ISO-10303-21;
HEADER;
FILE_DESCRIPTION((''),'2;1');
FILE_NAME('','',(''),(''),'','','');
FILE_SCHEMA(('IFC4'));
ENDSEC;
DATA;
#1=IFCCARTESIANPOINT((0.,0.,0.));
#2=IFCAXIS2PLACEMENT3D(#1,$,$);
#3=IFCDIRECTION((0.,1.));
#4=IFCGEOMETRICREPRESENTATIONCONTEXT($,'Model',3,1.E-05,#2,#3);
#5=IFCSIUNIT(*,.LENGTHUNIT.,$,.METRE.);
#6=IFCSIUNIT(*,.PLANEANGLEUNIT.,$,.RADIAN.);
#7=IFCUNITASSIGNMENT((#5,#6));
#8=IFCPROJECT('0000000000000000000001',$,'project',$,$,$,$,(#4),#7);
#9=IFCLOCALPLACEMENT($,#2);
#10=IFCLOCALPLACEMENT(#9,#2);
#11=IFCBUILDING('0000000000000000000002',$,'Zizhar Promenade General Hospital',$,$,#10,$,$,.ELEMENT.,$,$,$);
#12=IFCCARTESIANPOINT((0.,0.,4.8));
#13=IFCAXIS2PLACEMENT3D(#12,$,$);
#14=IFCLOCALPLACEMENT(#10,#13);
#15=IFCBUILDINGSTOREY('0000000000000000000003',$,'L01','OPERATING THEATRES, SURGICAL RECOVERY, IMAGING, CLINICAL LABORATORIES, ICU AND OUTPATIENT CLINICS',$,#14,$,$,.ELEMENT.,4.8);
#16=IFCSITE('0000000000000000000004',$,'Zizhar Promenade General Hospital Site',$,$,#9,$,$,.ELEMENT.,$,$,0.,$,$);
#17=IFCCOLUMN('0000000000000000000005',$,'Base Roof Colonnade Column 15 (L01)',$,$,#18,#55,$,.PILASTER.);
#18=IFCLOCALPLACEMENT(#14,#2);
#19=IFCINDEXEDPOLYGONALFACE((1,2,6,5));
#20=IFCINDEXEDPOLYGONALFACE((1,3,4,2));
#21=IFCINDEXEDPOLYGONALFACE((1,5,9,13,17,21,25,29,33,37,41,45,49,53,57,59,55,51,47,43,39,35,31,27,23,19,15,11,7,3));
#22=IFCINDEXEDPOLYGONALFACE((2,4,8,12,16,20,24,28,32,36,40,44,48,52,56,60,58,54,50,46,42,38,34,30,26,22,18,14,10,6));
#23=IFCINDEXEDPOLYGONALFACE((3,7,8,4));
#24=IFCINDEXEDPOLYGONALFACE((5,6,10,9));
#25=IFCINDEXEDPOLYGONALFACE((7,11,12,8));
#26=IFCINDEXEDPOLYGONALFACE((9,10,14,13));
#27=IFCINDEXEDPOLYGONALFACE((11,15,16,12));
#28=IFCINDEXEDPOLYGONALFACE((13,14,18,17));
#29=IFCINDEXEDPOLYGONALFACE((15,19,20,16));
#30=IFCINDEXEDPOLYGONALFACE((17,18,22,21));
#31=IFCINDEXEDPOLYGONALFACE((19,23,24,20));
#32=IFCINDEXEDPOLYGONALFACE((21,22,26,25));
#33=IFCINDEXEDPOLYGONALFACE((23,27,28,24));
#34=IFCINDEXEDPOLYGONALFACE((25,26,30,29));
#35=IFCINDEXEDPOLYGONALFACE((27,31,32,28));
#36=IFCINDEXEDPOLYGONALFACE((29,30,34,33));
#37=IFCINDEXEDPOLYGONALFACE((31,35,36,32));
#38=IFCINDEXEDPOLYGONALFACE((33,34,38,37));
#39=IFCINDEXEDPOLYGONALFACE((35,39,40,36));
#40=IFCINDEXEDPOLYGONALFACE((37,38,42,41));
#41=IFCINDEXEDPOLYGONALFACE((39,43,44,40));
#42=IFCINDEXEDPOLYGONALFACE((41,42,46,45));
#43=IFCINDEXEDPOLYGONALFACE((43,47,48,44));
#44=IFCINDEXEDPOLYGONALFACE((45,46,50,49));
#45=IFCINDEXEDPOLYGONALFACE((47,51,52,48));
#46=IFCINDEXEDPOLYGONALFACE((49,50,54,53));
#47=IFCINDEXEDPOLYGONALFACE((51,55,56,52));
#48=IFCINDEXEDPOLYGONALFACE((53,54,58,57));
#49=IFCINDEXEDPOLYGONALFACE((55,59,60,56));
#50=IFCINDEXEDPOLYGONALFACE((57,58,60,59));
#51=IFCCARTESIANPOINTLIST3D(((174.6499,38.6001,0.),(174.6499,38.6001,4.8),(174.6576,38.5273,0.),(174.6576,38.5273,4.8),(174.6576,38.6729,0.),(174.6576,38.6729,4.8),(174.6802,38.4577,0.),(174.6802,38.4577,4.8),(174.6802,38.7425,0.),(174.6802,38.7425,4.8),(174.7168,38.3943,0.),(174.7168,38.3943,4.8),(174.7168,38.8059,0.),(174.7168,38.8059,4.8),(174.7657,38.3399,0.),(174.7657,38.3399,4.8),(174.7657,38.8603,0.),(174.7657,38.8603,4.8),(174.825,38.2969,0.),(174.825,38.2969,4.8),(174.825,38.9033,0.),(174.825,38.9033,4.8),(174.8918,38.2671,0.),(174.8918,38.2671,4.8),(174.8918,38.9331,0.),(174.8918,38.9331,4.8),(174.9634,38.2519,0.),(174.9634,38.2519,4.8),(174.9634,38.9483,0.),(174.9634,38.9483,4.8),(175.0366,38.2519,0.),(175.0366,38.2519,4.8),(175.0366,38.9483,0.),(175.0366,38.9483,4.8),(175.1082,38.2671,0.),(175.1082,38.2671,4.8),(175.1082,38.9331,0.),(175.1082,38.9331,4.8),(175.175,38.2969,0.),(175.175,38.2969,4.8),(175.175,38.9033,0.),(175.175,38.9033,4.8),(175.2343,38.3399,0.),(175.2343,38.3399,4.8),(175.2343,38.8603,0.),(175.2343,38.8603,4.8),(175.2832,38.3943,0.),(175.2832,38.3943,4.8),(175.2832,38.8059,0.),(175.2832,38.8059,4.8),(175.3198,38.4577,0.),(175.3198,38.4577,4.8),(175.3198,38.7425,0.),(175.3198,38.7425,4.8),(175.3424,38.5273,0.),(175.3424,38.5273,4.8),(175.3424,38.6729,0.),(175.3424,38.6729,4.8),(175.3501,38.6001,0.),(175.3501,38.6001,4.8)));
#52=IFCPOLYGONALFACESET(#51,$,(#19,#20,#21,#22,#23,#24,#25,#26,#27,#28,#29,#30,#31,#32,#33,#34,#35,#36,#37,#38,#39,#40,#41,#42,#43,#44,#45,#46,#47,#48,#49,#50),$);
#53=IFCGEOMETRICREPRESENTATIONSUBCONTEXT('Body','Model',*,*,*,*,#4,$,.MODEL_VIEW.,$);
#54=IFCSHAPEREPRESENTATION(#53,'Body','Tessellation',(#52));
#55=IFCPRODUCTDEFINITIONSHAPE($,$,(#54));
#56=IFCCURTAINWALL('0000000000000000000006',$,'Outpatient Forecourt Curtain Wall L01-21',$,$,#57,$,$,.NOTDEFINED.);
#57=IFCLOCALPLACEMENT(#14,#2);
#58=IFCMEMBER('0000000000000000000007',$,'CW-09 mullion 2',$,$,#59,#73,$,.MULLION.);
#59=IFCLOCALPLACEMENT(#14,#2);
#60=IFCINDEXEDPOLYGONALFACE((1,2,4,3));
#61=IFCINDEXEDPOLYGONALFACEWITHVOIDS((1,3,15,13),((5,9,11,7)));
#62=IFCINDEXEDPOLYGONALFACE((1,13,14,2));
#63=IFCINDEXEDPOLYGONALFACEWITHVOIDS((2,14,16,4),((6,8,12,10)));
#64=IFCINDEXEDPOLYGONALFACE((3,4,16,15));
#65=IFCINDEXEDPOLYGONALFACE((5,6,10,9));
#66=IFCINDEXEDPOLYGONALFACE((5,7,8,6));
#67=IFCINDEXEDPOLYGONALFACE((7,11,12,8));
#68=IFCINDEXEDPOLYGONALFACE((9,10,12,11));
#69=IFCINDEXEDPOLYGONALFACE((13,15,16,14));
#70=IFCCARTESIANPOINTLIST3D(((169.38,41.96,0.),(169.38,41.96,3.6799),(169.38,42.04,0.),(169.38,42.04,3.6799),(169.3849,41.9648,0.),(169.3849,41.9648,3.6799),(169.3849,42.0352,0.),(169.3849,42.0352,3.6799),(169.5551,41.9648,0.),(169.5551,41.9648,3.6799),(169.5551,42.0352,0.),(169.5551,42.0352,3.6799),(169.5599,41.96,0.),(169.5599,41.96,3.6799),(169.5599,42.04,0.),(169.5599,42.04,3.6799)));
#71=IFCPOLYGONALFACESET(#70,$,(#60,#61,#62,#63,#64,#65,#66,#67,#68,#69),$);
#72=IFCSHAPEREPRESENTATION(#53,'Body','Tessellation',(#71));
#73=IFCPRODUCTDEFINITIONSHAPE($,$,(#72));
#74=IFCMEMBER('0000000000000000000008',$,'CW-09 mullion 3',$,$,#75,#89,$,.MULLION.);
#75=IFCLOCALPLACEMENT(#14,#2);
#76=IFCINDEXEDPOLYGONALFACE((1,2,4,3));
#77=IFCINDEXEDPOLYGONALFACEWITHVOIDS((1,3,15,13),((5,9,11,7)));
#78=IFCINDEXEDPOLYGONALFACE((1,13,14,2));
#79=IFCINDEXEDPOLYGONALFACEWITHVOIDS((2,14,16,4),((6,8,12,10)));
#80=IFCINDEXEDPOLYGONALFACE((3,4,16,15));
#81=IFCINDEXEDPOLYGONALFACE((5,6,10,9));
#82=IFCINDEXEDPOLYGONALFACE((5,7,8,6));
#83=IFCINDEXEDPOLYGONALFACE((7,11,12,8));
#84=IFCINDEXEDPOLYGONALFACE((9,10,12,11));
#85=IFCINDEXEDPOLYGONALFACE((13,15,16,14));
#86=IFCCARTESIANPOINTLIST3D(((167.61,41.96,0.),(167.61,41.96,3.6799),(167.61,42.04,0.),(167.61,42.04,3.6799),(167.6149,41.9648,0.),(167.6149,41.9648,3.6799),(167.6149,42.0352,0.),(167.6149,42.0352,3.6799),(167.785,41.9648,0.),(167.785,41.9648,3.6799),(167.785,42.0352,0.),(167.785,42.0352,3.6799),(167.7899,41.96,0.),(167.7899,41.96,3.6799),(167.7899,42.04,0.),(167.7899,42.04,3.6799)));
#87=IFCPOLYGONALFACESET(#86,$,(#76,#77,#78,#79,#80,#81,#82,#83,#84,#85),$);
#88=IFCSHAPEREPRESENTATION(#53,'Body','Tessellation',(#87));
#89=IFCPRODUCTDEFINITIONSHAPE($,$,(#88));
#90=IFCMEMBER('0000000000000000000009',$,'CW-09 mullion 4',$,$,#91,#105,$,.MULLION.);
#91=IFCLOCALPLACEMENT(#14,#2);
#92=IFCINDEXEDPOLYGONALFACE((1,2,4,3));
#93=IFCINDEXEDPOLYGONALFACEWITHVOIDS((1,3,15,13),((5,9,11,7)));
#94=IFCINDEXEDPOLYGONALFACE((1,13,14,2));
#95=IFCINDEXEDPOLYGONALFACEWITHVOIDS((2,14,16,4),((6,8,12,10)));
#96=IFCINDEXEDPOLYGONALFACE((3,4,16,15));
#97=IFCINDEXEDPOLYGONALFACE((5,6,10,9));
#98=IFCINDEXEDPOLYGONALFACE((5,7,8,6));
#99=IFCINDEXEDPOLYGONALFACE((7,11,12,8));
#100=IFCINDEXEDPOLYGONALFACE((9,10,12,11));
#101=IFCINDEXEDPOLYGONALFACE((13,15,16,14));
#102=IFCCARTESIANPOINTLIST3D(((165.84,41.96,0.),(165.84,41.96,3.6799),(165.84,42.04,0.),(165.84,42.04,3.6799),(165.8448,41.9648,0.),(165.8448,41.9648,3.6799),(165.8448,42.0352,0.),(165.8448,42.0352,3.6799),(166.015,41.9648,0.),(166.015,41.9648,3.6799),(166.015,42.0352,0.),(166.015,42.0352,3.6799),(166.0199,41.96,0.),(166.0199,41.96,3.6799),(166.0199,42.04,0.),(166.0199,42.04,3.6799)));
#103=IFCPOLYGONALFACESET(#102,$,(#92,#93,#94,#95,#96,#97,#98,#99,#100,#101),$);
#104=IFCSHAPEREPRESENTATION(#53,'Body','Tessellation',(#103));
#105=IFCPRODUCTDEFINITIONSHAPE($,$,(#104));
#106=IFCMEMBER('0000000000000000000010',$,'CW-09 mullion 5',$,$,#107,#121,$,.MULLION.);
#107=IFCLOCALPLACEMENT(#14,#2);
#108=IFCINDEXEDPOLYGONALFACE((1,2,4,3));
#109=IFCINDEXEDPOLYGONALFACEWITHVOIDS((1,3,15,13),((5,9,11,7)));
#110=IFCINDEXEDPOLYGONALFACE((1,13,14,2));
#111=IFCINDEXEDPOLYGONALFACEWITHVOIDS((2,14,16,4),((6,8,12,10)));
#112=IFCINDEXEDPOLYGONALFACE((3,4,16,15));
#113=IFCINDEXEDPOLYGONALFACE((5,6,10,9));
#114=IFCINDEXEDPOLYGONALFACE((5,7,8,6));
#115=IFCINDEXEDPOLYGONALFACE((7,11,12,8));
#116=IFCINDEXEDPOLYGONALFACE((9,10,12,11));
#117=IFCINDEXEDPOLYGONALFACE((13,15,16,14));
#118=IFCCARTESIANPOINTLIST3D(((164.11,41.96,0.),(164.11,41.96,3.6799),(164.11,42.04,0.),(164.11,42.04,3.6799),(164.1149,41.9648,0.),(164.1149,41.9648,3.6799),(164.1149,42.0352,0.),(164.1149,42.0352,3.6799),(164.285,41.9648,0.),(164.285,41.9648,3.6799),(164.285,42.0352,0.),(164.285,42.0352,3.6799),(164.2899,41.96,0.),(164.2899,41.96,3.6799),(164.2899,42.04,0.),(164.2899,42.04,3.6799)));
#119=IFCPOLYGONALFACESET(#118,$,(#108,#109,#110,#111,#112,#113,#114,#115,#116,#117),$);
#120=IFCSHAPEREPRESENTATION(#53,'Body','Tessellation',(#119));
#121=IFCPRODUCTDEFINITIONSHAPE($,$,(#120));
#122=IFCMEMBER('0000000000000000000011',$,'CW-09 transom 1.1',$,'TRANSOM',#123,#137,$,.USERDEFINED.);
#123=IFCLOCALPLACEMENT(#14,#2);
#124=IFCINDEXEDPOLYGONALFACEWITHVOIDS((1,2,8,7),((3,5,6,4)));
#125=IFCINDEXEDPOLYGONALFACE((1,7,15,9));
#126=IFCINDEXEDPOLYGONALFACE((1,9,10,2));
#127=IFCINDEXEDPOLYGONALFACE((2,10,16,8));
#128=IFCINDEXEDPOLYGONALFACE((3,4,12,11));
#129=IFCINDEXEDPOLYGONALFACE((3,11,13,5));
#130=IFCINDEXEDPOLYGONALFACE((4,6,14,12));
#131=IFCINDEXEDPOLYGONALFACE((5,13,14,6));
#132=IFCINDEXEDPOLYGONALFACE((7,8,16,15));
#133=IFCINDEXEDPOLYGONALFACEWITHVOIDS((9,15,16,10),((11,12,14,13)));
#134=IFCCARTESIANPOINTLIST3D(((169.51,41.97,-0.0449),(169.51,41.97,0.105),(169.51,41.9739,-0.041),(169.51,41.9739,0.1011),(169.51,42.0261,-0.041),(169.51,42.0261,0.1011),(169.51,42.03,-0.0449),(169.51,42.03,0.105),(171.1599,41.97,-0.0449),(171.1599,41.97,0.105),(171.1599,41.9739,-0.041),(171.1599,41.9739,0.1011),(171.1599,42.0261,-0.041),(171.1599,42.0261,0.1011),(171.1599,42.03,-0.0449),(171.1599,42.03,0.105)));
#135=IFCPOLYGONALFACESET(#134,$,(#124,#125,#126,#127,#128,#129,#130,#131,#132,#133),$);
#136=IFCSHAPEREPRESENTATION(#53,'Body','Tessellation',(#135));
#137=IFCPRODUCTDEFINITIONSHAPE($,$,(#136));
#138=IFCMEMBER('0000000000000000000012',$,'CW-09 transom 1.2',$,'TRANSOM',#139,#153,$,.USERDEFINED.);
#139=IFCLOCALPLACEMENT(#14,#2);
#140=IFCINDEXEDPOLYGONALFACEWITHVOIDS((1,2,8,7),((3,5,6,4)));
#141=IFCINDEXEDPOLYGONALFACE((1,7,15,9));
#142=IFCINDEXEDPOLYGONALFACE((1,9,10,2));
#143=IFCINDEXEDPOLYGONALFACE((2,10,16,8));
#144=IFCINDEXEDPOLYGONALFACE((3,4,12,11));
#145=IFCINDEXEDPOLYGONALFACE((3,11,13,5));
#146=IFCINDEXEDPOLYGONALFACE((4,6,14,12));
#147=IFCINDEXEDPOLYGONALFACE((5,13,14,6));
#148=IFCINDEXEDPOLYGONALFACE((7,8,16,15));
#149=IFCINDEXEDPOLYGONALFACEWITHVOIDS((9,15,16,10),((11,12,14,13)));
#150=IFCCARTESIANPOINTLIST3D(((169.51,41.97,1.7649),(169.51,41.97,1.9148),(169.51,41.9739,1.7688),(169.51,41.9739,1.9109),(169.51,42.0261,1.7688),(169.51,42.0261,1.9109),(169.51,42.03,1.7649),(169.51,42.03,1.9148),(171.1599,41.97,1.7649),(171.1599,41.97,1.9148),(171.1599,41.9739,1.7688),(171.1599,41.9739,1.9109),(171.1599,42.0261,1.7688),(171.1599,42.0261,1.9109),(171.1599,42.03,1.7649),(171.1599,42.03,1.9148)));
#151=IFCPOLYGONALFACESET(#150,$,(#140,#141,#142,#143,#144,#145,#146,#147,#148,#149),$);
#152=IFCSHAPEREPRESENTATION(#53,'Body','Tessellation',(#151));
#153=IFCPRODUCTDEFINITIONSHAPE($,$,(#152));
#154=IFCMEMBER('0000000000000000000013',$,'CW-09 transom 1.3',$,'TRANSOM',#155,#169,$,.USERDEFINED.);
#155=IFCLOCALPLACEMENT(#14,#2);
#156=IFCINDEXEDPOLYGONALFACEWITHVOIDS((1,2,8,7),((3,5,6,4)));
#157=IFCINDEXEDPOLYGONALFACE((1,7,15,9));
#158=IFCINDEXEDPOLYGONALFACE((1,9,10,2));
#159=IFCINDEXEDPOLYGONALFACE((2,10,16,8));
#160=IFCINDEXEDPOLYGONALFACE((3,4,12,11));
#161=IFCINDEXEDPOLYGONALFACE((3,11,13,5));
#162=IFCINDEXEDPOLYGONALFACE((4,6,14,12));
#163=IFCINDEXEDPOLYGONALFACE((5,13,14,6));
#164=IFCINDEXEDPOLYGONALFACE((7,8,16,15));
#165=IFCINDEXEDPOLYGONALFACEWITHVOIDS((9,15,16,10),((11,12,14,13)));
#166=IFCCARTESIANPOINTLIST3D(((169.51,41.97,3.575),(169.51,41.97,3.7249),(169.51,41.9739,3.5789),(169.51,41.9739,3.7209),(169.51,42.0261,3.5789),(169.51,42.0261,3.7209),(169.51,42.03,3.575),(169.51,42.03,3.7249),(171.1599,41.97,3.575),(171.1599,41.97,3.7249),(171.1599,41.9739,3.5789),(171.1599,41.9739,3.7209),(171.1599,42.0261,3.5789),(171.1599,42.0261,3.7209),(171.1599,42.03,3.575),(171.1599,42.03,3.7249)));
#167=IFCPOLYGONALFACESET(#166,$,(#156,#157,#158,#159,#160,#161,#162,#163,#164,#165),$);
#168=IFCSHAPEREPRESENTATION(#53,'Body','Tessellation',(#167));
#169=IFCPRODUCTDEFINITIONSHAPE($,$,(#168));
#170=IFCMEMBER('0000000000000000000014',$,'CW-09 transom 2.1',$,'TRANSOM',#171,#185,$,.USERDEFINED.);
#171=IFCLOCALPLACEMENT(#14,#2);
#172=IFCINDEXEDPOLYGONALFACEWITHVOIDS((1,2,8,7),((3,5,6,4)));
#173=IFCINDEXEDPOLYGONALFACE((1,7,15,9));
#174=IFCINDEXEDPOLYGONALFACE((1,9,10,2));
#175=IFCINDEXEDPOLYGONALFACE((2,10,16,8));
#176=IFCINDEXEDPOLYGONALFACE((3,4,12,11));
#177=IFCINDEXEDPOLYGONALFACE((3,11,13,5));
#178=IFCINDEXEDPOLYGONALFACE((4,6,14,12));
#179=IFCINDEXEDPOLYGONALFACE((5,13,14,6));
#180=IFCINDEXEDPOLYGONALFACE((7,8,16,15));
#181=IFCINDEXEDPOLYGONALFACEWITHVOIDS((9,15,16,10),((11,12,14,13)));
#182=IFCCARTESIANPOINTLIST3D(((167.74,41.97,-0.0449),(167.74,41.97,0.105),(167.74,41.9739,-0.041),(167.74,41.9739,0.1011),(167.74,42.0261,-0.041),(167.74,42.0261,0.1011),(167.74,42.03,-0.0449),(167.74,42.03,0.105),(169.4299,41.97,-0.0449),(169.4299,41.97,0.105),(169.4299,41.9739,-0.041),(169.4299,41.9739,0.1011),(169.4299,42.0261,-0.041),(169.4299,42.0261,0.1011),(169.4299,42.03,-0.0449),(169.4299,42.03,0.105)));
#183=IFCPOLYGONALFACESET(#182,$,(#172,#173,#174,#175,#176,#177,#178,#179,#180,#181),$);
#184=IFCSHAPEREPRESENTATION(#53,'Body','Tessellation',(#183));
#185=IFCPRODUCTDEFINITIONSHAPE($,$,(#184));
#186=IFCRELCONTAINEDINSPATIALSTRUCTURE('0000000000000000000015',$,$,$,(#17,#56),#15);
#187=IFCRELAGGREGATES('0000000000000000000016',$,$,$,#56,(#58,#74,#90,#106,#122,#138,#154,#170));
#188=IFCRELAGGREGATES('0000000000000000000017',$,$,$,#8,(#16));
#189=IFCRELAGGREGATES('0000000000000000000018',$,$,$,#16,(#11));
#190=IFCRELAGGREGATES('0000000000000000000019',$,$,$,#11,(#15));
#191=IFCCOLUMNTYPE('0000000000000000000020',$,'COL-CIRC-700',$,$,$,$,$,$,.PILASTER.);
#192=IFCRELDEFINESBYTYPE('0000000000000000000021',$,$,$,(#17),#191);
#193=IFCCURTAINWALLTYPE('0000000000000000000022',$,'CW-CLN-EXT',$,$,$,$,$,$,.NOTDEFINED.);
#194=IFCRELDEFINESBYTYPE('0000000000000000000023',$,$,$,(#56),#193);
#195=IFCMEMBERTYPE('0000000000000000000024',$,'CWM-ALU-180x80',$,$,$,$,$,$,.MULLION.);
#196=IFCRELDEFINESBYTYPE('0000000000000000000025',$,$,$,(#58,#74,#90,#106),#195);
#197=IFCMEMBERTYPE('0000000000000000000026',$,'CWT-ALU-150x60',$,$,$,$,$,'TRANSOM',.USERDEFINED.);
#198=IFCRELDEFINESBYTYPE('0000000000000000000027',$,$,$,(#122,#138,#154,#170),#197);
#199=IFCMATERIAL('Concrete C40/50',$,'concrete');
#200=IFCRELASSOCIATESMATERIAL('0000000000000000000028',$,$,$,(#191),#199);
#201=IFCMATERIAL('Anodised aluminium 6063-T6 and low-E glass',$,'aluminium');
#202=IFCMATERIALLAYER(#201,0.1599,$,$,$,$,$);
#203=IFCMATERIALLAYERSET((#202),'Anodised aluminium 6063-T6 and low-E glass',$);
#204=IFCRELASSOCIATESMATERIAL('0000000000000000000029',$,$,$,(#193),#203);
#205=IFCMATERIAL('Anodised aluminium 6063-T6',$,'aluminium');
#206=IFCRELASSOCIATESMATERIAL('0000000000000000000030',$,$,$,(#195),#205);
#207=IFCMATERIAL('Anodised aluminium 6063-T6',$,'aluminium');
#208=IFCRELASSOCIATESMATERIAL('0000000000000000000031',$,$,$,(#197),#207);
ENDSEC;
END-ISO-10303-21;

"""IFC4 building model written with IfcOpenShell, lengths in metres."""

from ifc_helpers import new_model, si_unit, direction, frame, origin, origin_2d, place, context, subcontext, project, spatial, hollow_rectangle, circle, extrude, material, layer, layer_set, material_profile, profile_set, type_object, element, aggregate, save


model = new_model("IFC4")

# Units and contexts
model_context = context("Model", 3, precision=1e-05, world=origin(), true_north=direction((0.0, 1.0)))
body_context = subcontext(model_context, "Body", "Model", "MODEL_VIEW")
ifc_project = project(units=[si_unit("LENGTHUNIT", "METRE"), si_unit("PLANEANGLEUNIT", "RADIAN")], contexts=[model_context])

# Site, building, storey
site_placement = place(None, origin())
site = spatial("IfcSite", under=ifc_project, at=site_placement, Name="Zizhar Promenade General Hospital Site", CompositionType="ELEMENT", RefElevation=0.0)
building_placement = place(site_placement, origin())
building = spatial("IfcBuilding", under=site, at=building_placement, Name="Zizhar Promenade General Hospital", CompositionType="ELEMENT")
storey_placement = place(building_placement, frame((0.0, 0.0, 4.8)))
storey = spatial("IfcBuildingStorey", under=building, at=storey_placement, Name="L01", Description="OPERATING THEATRES, SURGICAL RECOVERY, IMAGING, CLINICAL LABORATORIES, ICU AND OUTPATIENT CLINICS", CompositionType="ELEMENT", Elevation=4.8)

# Column
ifc_material_1 = material(Name="Concrete C40/50", Category="concrete")
ifc_material_profile_1 = material_profile(ifc_material_1, circle(Radius=0.3501, at=origin_2d()))
ifc_profile_set_1 = profile_set([ifc_material_profile_1], Name="Concrete C40/50")
column_type = type_object("IfcColumnType", Name="COL-CIRC-700", PredefinedType="PILASTER", material=ifc_profile_set_1)
column_placement = place(storey_placement, frame((175.0, 38.6001, 0.0), z_axis=(0.0, 0.0, 1.0), x_axis=(1.0, 0.0, 0.0)))
element("IfcColumn", 1, at=column_placement, inside=storey, type_object=column_type, Name="Base Roof Colonnade Column 15 (L01)", PredefinedType="PILASTER", context=body_context, shape_type="SweptSolid", body=[
    extrude(circle(Radius=0.3501, at=origin_2d()), origin(), (0.0, 0.0, 1.0), 4.8),
])

# Curtain wall, members
ifc_material_2 = material(Name="Anodised aluminium 6063-T6 and low-E glass", Category="aluminium")
ifc_layer_1 = layer(ifc_material_2, 0.1599)
ifc_layer_set_1 = layer_set([ifc_layer_1], Name="Anodised aluminium 6063-T6 and low-E glass")
curtain_wall_type = type_object("IfcCurtainWallType", Name="CW-CLN-EXT", PredefinedType="NOTDEFINED", material=ifc_layer_set_1)
curtain_wall_placement = place(storey_placement, origin())
curtain_wall = element("IfcCurtainWall", 2, at=curtain_wall_placement, inside=storey, type_object=curtain_wall_type, Name="Outpatient Forecourt Curtain Wall L01-21", PredefinedType="NOTDEFINED")
ifc_material_3 = material(Name="Anodised aluminium 6063-T6", Category="aluminium")
ifc_material_profile_2 = material_profile(ifc_material_3, hollow_rectangle(XDim=0.0801, YDim=0.1799, WallThickness=0.0049, at=origin_2d()))
ifc_profile_set_2 = profile_set([ifc_material_profile_2], Name="Anodised aluminium 6063-T6")
member_type_1 = type_object("IfcMemberType", Name="CWM-ALU-180x80", PredefinedType="MULLION", material=ifc_profile_set_2)
member_1_placement = place(storey_placement, frame((169.47, 42.0, 0.0), z_axis=(0.0, 0.0, 1.0), x_axis=(0.0, -1.0, 0.0)))
member_1 = element("IfcMember", 3, at=member_1_placement, type_object=member_type_1, Name="CW-09 mullion 2", PredefinedType="MULLION", context=body_context, shape_type="SweptSolid", body=[
    extrude(hollow_rectangle(XDim=0.0801, YDim=0.1799, WallThickness=0.0049, at=origin_2d()), origin(), (0.0, 0.0, 1.0), 3.6799),
])
member_2_placement = place(storey_placement, frame((167.7, 42.0, 0.0), z_axis=(0.0, 0.0, 1.0), x_axis=(0.0, -1.0, 0.0)))
member_2 = element("IfcMember", 4, at=member_2_placement, type_object=member_type_1, Name="CW-09 mullion 3", PredefinedType="MULLION", context=body_context, shape_type="SweptSolid", body=[
    extrude(hollow_rectangle(XDim=0.0801, YDim=0.1799, WallThickness=0.0049, at=origin_2d()), origin(), (0.0, 0.0, 1.0), 3.6799),
])
member_3_placement = place(storey_placement, frame((165.9299, 42.0, 0.0), z_axis=(0.0, 0.0, 1.0), x_axis=(0.0, -1.0, 0.0)))
member_3 = element("IfcMember", 5, at=member_3_placement, type_object=member_type_1, Name="CW-09 mullion 4", PredefinedType="MULLION", context=body_context, shape_type="SweptSolid", body=[
    extrude(hollow_rectangle(XDim=0.0801, YDim=0.1799, WallThickness=0.0049, at=origin_2d()), origin(), (0.0, 0.0, 1.0), 3.6799),
])
member_4_placement = place(storey_placement, frame((164.2, 42.0, 0.0), z_axis=(0.0, 0.0, 1.0), x_axis=(0.0, -1.0, 0.0)))
member_4 = element("IfcMember", 6, at=member_4_placement, type_object=member_type_1, Name="CW-09 mullion 5", PredefinedType="MULLION", context=body_context, shape_type="SweptSolid", body=[
    extrude(hollow_rectangle(XDim=0.0801, YDim=0.1799, WallThickness=0.0049, at=origin_2d()), origin(), (0.0, 0.0, 1.0), 3.6799),
])
ifc_material_4 = material(Name="Anodised aluminium 6063-T6", Category="aluminium")
ifc_material_profile_3 = material_profile(ifc_material_4, hollow_rectangle(XDim=0.0601, YDim=0.1499, WallThickness=0.0039, at=origin_2d()))
ifc_profile_set_3 = profile_set([ifc_material_profile_3], Name="Anodised aluminium 6063-T6")
member_type_2 = type_object("IfcMemberType", Name="CWT-ALU-150x60", ElementType="TRANSOM", PredefinedType="USERDEFINED", material=ifc_profile_set_3)
member_5_placement = place(storey_placement, frame((171.1599, 42.0, 0.03), z_axis=(-1.0, 0.0, 0.0), x_axis=(0.0, -1.0, 0.0)))
member_5 = element("IfcMember", 7, at=member_5_placement, type_object=member_type_2, Name="CW-09 transom 1.1", ObjectType="TRANSOM", PredefinedType="USERDEFINED", context=body_context, shape_type="SweptSolid", body=[
    extrude(hollow_rectangle(XDim=0.0601, YDim=0.1499, WallThickness=0.0039, at=origin_2d()), origin(), (0.0, 0.0, 1.0), 1.6499),
])
member_6_placement = place(storey_placement, frame((171.1599, 42.0, 1.8398), z_axis=(-1.0, 0.0, 0.0), x_axis=(0.0, -1.0, 0.0)))
member_6 = element("IfcMember", 8, at=member_6_placement, type_object=member_type_2, Name="CW-09 transom 1.2", ObjectType="TRANSOM", PredefinedType="USERDEFINED", context=body_context, shape_type="SweptSolid", body=[
    extrude(hollow_rectangle(XDim=0.0601, YDim=0.1499, WallThickness=0.0039, at=origin_2d()), origin(), (0.0, 0.0, 1.0), 1.6499),
])
member_7_placement = place(storey_placement, frame((171.1599, 42.0, 3.6499), z_axis=(-1.0, 0.0, 0.0), x_axis=(0.0, -1.0, 0.0)))
member_7 = element("IfcMember", 9, at=member_7_placement, type_object=member_type_2, Name="CW-09 transom 1.3", ObjectType="TRANSOM", PredefinedType="USERDEFINED", context=body_context, shape_type="SweptSolid", body=[
    extrude(hollow_rectangle(XDim=0.0601, YDim=0.1499, WallThickness=0.0039, at=origin_2d()), origin(), (0.0, 0.0, 1.0), 1.6499),
])
member_8_placement = place(storey_placement, frame((169.4299, 42.0, 0.03), z_axis=(-1.0, 0.0, 0.0), x_axis=(0.0, -1.0, 0.0)))
member_8 = element("IfcMember", 10, at=member_8_placement, type_object=member_type_2, Name="CW-09 transom 2.1", ObjectType="TRANSOM", PredefinedType="USERDEFINED", context=body_context, shape_type="SweptSolid", body=[
    extrude(hollow_rectangle(XDim=0.0601, YDim=0.1499, WallThickness=0.0039, at=origin_2d()), origin(), (0.0, 0.0, 1.0), 1.6899),
])
aggregate(curtain_wall, [member_1, member_2, member_3, member_4, member_5, member_6, member_7, member_8])

save(model, "model.ifc")
